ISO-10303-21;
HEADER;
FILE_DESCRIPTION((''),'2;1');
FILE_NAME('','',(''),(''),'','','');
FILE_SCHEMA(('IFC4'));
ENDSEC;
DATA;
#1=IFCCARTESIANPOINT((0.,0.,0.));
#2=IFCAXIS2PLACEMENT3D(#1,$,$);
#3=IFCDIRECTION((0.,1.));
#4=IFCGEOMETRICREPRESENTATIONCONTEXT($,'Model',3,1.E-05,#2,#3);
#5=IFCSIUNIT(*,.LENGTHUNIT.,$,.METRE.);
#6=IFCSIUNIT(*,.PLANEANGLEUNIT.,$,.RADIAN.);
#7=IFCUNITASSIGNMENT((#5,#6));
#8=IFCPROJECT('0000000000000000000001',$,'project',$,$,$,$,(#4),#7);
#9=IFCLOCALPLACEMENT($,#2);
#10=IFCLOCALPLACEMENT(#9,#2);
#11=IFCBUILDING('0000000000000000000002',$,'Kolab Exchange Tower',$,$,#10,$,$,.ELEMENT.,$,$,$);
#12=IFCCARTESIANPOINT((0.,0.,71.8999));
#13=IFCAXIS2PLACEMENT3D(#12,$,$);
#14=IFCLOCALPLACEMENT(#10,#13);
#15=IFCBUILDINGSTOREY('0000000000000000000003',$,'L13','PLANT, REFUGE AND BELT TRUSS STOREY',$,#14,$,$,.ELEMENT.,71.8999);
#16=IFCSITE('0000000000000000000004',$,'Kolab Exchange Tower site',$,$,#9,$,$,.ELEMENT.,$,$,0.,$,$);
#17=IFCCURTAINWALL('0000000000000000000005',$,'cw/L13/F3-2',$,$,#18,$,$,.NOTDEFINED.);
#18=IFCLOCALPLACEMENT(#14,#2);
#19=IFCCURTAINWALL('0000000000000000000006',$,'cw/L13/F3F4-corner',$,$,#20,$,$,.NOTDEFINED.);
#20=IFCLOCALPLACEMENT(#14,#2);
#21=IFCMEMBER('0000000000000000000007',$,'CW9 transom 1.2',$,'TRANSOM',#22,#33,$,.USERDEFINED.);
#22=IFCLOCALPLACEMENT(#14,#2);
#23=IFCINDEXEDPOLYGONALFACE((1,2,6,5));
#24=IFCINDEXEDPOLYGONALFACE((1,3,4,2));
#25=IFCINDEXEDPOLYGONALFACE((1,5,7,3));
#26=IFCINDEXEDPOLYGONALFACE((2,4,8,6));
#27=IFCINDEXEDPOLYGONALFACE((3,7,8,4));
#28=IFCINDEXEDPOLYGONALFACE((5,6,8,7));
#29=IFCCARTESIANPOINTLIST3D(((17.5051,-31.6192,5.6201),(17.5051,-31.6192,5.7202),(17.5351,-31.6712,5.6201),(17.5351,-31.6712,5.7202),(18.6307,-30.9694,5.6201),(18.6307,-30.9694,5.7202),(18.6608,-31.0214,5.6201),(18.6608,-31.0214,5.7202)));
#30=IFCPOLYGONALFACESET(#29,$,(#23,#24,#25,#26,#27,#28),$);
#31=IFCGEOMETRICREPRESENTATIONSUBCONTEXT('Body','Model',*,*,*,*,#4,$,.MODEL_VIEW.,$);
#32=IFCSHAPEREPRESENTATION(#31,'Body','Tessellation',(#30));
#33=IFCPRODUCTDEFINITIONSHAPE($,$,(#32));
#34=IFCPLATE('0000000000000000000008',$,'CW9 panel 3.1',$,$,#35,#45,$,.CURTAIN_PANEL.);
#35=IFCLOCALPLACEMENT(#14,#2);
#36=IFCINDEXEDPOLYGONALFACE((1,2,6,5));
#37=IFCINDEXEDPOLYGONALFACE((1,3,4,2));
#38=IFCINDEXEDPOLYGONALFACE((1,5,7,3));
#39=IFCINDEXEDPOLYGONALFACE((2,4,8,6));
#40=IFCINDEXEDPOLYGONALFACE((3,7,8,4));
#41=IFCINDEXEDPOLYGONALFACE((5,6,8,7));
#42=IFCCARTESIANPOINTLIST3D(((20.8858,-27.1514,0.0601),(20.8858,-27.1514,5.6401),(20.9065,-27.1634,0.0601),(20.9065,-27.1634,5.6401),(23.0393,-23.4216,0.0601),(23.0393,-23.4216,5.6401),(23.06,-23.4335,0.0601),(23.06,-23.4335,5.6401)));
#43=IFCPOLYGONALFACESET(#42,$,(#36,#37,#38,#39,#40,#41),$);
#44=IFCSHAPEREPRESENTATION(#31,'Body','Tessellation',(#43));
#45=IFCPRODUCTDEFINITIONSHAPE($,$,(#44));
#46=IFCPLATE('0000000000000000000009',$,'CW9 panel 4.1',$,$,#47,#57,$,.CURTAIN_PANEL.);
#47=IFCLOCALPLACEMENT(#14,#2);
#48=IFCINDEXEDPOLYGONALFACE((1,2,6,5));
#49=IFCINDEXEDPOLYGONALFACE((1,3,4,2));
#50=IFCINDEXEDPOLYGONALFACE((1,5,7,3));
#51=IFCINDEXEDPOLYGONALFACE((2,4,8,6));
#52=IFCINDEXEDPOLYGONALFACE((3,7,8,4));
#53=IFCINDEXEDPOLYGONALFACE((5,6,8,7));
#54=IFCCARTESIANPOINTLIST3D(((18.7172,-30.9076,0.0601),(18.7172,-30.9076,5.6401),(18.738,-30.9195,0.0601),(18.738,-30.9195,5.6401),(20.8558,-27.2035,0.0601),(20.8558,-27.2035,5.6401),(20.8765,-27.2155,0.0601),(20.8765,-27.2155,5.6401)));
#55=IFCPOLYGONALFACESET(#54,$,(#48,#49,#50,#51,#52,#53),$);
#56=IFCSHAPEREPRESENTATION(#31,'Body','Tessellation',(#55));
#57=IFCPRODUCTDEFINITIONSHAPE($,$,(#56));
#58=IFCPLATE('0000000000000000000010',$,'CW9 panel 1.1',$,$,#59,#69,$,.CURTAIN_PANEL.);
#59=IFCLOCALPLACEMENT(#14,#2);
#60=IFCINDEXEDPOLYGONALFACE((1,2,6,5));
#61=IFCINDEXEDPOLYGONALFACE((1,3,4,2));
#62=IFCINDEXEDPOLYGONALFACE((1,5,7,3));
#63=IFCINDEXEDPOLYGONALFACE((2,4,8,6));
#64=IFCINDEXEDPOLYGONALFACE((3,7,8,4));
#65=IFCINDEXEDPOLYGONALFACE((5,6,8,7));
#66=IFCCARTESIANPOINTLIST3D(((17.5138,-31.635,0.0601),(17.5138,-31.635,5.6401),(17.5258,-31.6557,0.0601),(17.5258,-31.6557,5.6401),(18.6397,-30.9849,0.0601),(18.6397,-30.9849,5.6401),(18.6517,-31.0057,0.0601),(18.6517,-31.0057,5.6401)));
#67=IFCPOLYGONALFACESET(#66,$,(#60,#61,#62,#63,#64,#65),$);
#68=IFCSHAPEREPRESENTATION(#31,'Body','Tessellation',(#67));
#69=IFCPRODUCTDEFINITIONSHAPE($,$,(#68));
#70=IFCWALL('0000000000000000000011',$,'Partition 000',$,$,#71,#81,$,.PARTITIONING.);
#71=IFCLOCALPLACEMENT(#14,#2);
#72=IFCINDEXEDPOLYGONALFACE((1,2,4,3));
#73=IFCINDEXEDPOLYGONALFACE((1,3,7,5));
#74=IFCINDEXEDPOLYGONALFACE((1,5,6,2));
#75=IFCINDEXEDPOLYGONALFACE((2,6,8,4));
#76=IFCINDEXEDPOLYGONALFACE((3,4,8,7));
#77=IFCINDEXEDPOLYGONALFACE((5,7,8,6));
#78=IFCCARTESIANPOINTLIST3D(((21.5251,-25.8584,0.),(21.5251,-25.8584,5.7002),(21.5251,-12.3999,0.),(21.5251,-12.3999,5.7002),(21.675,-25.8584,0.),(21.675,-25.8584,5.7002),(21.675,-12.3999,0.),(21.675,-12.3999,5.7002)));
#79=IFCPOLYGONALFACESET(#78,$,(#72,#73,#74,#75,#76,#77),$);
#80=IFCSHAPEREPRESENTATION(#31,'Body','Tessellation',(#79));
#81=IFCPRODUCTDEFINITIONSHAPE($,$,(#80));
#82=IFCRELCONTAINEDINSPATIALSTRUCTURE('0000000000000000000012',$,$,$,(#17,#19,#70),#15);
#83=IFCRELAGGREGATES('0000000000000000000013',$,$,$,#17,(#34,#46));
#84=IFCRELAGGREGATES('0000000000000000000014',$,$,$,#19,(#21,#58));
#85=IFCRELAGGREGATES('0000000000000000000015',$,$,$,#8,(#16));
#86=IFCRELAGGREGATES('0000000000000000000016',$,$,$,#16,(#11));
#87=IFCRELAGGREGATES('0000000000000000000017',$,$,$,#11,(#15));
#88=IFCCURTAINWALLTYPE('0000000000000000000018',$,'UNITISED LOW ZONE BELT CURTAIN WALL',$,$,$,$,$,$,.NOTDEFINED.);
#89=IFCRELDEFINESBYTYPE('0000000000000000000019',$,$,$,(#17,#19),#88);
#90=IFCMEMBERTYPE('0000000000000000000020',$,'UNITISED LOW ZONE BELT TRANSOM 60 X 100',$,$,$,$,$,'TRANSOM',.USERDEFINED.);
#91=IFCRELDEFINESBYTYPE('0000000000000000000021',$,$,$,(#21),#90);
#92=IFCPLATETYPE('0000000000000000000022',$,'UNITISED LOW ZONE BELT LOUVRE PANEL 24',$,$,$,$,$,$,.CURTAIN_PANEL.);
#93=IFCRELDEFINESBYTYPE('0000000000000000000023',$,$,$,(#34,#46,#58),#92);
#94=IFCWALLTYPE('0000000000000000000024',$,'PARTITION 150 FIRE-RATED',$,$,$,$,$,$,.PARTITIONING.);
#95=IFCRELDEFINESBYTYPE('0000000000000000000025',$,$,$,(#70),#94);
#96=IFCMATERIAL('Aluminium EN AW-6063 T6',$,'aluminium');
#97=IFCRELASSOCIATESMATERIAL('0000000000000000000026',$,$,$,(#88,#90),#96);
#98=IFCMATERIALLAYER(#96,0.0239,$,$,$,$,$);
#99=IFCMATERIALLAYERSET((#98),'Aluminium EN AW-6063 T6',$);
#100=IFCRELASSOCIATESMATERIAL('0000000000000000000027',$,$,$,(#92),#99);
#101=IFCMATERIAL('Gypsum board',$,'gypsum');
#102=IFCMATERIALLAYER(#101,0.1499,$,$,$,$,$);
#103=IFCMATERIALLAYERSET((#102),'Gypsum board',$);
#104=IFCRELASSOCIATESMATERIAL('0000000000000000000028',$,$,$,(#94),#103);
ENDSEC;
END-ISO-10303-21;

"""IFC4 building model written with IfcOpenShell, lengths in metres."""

from ifc_helpers import new_model, si_unit, direction, frame, frame_2d, origin, origin_2d, place, context, subcontext, project, spatial, rectangle, extrude, material, layer, layer_set, material_profile, profile_set, type_object, element, aggregate, save


model = new_model("IFC4")

# Units and contexts
model_context = context("Model", 3, precision=1e-05, world=origin(), true_north=direction((0.0, 1.0)))
body_context = subcontext(model_context, "Body", "Model", "MODEL_VIEW")
ifc_project = project(units=[si_unit("LENGTHUNIT", "METRE"), si_unit("PLANEANGLEUNIT", "RADIAN")], contexts=[model_context])

# Site, building, storey
site_placement = place(None, origin())
site = spatial("IfcSite", under=ifc_project, at=site_placement, Name="Kolab Exchange Tower site", CompositionType="ELEMENT", RefElevation=0.0)
building_placement = place(site_placement, origin())
building = spatial("IfcBuilding", under=site, at=building_placement, Name="Kolab Exchange Tower", CompositionType="ELEMENT")
storey_placement = place(building_placement, frame((0.0, 0.0, 71.8999)))
storey = spatial("IfcBuildingStorey", under=building, at=storey_placement, Name="L13", Description="PLANT, REFUGE AND BELT TRUSS STOREY", CompositionType="ELEMENT", Elevation=71.8999)

# Curtain wall
ifc_material_1 = material(Name="Aluminium EN AW-6063 T6", Category="aluminium")
curtain_wall_type = type_object("IfcCurtainWallType", Name="UNITISED LOW ZONE BELT CURTAIN WALL", PredefinedType="NOTDEFINED", material=ifc_material_1)
curtain_wall_1_placement = place(storey_placement, origin())
curtain_wall_1 = element("IfcCurtainWall", 1, at=curtain_wall_1_placement, inside=storey, type_object=curtain_wall_type, Name="cw/L13/F3-2", PredefinedType="NOTDEFINED")

# Curtain wall
curtain_wall_2_placement = place(storey_placement, origin())
curtain_wall_2 = element("IfcCurtainWall", 2, at=curtain_wall_2_placement, inside=storey, type_object=curtain_wall_type, Name="cw/L13/F3F4-corner", PredefinedType="NOTDEFINED")

# Member
ifc_material_profile_1 = material_profile(ifc_material_1, rectangle(XDim=0.0601, YDim=0.1001, at=origin_2d()), Name="RECT 60X100")
ifc_profile_set_1 = profile_set([ifc_material_profile_1], Name="Aluminium EN AW-6063 T6")
member_type_1 = type_object("IfcMemberType", Name="UNITISED LOW ZONE BELT TRANSOM 60 X 100", ElementType="TRANSOM", PredefinedType="USERDEFINED", material=ifc_profile_set_1)
member_1_placement = place(storey_placement, frame((18.6458, -30.9954, 5.6702), z_axis=(-0.866039, -0.499977, 0.0), x_axis=(0.499977, -0.866039, 0.0)))
member_1 = element("IfcMember", 3, at=member_1_placement, type_object=member_type_1, Name="CW9 transom 1.2", ObjectType="TRANSOM", PredefinedType="USERDEFINED", context=body_context, shape_type="SweptSolid", body=[
    extrude(rectangle(XDim=0.0601, YDim=0.1001, at=origin_2d()), origin(), (0.0, 0.0, 1.0), 1.2998),
])

# Plates
ifc_layer_1 = layer(ifc_material_1, 0.0239)
ifc_layer_set_1 = layer_set([ifc_layer_1], Name="Aluminium EN AW-6063 T6")
plate_type = type_object("IfcPlateType", Name="UNITISED LOW ZONE BELT LOUVRE PANEL 24", PredefinedType="CURTAIN_PANEL", material=ifc_layer_set_1)
plate_1_placement = place(storey_placement, frame((21.9729, -25.2925, 0.0601), z_axis=(0.0, 0.0, 1.0), x_axis=(-0.5, -0.866025, 0.0)))
plate_1 = element("IfcPlate", 4, at=plate_1_placement, type_object=plate_type, Name="CW9 panel 3.1", PredefinedType="CURTAIN_PANEL", context=body_context, shape_type="SweptSolid", body=[
    extrude(rectangle(XDim=4.3069, YDim=0.0239, at=origin_2d()), origin(), (0.0, 0.0, 1.0), 5.5801),
])
plate_2_placement = place(storey_placement, frame((19.7969, -29.0615, 0.0601), z_axis=(0.0, 0.0, 1.0), x_axis=(-0.5, -0.866025, 0.0)))
plate_2 = element("IfcPlate", 5, at=plate_2_placement, type_object=plate_type, Name="CW9 panel 4.1", PredefinedType="CURTAIN_PANEL", context=body_context, shape_type="SweptSolid", body=[
    extrude(rectangle(XDim=4.2771, YDim=0.0239, at=origin_2d()), origin(), (0.0, 0.0, 1.0), 5.5801),
])
aggregate(curtain_wall_1, [plate_1, plate_2])
plate_3_placement = place(storey_placement, frame((18.0828, -31.3203, 0.0601), z_axis=(0.0, 0.0, 1.0), x_axis=(-0.866025, -0.5, 0.0)))
plate_3 = element("IfcPlate", 6, at=plate_3_placement, type_object=plate_type, Name="CW9 panel 1.1", PredefinedType="CURTAIN_PANEL", context=body_context, shape_type="SweptSolid", body=[
    extrude(rectangle(XDim=1.3, YDim=0.0239, at=origin_2d()), origin(), (0.0, 0.0, 1.0), 5.5801),
])
aggregate(curtain_wall_2, [member_1, plate_3])

# Wall
ifc_material_2 = material(Name="Gypsum board", Category="gypsum")
ifc_layer_2 = layer(ifc_material_2, 0.1499)
ifc_layer_set_2 = layer_set([ifc_layer_2], Name="Gypsum board")
wall_type = type_object("IfcWallType", Name="PARTITION 150 FIRE-RATED", PredefinedType="PARTITIONING", material=ifc_layer_set_2)
wall_placement = place(storey_placement, frame((21.6001, -25.8584, 0.0), z_axis=(0.0, 0.0, 1.0), x_axis=(0.0, 1.0, 0.0)))
element("IfcWall", 7, at=wall_placement, inside=storey, type_object=wall_type, Name="Partition 000", PredefinedType="PARTITIONING", context=body_context, shape_type="SweptSolid", body=[
    extrude(rectangle(XDim=13.4585, YDim=0.1499, at=frame_2d((6.7292, 0.0))), origin(), (0.0, 0.0, 1.0), 5.7002),
])

save(model, "model.ifc")
